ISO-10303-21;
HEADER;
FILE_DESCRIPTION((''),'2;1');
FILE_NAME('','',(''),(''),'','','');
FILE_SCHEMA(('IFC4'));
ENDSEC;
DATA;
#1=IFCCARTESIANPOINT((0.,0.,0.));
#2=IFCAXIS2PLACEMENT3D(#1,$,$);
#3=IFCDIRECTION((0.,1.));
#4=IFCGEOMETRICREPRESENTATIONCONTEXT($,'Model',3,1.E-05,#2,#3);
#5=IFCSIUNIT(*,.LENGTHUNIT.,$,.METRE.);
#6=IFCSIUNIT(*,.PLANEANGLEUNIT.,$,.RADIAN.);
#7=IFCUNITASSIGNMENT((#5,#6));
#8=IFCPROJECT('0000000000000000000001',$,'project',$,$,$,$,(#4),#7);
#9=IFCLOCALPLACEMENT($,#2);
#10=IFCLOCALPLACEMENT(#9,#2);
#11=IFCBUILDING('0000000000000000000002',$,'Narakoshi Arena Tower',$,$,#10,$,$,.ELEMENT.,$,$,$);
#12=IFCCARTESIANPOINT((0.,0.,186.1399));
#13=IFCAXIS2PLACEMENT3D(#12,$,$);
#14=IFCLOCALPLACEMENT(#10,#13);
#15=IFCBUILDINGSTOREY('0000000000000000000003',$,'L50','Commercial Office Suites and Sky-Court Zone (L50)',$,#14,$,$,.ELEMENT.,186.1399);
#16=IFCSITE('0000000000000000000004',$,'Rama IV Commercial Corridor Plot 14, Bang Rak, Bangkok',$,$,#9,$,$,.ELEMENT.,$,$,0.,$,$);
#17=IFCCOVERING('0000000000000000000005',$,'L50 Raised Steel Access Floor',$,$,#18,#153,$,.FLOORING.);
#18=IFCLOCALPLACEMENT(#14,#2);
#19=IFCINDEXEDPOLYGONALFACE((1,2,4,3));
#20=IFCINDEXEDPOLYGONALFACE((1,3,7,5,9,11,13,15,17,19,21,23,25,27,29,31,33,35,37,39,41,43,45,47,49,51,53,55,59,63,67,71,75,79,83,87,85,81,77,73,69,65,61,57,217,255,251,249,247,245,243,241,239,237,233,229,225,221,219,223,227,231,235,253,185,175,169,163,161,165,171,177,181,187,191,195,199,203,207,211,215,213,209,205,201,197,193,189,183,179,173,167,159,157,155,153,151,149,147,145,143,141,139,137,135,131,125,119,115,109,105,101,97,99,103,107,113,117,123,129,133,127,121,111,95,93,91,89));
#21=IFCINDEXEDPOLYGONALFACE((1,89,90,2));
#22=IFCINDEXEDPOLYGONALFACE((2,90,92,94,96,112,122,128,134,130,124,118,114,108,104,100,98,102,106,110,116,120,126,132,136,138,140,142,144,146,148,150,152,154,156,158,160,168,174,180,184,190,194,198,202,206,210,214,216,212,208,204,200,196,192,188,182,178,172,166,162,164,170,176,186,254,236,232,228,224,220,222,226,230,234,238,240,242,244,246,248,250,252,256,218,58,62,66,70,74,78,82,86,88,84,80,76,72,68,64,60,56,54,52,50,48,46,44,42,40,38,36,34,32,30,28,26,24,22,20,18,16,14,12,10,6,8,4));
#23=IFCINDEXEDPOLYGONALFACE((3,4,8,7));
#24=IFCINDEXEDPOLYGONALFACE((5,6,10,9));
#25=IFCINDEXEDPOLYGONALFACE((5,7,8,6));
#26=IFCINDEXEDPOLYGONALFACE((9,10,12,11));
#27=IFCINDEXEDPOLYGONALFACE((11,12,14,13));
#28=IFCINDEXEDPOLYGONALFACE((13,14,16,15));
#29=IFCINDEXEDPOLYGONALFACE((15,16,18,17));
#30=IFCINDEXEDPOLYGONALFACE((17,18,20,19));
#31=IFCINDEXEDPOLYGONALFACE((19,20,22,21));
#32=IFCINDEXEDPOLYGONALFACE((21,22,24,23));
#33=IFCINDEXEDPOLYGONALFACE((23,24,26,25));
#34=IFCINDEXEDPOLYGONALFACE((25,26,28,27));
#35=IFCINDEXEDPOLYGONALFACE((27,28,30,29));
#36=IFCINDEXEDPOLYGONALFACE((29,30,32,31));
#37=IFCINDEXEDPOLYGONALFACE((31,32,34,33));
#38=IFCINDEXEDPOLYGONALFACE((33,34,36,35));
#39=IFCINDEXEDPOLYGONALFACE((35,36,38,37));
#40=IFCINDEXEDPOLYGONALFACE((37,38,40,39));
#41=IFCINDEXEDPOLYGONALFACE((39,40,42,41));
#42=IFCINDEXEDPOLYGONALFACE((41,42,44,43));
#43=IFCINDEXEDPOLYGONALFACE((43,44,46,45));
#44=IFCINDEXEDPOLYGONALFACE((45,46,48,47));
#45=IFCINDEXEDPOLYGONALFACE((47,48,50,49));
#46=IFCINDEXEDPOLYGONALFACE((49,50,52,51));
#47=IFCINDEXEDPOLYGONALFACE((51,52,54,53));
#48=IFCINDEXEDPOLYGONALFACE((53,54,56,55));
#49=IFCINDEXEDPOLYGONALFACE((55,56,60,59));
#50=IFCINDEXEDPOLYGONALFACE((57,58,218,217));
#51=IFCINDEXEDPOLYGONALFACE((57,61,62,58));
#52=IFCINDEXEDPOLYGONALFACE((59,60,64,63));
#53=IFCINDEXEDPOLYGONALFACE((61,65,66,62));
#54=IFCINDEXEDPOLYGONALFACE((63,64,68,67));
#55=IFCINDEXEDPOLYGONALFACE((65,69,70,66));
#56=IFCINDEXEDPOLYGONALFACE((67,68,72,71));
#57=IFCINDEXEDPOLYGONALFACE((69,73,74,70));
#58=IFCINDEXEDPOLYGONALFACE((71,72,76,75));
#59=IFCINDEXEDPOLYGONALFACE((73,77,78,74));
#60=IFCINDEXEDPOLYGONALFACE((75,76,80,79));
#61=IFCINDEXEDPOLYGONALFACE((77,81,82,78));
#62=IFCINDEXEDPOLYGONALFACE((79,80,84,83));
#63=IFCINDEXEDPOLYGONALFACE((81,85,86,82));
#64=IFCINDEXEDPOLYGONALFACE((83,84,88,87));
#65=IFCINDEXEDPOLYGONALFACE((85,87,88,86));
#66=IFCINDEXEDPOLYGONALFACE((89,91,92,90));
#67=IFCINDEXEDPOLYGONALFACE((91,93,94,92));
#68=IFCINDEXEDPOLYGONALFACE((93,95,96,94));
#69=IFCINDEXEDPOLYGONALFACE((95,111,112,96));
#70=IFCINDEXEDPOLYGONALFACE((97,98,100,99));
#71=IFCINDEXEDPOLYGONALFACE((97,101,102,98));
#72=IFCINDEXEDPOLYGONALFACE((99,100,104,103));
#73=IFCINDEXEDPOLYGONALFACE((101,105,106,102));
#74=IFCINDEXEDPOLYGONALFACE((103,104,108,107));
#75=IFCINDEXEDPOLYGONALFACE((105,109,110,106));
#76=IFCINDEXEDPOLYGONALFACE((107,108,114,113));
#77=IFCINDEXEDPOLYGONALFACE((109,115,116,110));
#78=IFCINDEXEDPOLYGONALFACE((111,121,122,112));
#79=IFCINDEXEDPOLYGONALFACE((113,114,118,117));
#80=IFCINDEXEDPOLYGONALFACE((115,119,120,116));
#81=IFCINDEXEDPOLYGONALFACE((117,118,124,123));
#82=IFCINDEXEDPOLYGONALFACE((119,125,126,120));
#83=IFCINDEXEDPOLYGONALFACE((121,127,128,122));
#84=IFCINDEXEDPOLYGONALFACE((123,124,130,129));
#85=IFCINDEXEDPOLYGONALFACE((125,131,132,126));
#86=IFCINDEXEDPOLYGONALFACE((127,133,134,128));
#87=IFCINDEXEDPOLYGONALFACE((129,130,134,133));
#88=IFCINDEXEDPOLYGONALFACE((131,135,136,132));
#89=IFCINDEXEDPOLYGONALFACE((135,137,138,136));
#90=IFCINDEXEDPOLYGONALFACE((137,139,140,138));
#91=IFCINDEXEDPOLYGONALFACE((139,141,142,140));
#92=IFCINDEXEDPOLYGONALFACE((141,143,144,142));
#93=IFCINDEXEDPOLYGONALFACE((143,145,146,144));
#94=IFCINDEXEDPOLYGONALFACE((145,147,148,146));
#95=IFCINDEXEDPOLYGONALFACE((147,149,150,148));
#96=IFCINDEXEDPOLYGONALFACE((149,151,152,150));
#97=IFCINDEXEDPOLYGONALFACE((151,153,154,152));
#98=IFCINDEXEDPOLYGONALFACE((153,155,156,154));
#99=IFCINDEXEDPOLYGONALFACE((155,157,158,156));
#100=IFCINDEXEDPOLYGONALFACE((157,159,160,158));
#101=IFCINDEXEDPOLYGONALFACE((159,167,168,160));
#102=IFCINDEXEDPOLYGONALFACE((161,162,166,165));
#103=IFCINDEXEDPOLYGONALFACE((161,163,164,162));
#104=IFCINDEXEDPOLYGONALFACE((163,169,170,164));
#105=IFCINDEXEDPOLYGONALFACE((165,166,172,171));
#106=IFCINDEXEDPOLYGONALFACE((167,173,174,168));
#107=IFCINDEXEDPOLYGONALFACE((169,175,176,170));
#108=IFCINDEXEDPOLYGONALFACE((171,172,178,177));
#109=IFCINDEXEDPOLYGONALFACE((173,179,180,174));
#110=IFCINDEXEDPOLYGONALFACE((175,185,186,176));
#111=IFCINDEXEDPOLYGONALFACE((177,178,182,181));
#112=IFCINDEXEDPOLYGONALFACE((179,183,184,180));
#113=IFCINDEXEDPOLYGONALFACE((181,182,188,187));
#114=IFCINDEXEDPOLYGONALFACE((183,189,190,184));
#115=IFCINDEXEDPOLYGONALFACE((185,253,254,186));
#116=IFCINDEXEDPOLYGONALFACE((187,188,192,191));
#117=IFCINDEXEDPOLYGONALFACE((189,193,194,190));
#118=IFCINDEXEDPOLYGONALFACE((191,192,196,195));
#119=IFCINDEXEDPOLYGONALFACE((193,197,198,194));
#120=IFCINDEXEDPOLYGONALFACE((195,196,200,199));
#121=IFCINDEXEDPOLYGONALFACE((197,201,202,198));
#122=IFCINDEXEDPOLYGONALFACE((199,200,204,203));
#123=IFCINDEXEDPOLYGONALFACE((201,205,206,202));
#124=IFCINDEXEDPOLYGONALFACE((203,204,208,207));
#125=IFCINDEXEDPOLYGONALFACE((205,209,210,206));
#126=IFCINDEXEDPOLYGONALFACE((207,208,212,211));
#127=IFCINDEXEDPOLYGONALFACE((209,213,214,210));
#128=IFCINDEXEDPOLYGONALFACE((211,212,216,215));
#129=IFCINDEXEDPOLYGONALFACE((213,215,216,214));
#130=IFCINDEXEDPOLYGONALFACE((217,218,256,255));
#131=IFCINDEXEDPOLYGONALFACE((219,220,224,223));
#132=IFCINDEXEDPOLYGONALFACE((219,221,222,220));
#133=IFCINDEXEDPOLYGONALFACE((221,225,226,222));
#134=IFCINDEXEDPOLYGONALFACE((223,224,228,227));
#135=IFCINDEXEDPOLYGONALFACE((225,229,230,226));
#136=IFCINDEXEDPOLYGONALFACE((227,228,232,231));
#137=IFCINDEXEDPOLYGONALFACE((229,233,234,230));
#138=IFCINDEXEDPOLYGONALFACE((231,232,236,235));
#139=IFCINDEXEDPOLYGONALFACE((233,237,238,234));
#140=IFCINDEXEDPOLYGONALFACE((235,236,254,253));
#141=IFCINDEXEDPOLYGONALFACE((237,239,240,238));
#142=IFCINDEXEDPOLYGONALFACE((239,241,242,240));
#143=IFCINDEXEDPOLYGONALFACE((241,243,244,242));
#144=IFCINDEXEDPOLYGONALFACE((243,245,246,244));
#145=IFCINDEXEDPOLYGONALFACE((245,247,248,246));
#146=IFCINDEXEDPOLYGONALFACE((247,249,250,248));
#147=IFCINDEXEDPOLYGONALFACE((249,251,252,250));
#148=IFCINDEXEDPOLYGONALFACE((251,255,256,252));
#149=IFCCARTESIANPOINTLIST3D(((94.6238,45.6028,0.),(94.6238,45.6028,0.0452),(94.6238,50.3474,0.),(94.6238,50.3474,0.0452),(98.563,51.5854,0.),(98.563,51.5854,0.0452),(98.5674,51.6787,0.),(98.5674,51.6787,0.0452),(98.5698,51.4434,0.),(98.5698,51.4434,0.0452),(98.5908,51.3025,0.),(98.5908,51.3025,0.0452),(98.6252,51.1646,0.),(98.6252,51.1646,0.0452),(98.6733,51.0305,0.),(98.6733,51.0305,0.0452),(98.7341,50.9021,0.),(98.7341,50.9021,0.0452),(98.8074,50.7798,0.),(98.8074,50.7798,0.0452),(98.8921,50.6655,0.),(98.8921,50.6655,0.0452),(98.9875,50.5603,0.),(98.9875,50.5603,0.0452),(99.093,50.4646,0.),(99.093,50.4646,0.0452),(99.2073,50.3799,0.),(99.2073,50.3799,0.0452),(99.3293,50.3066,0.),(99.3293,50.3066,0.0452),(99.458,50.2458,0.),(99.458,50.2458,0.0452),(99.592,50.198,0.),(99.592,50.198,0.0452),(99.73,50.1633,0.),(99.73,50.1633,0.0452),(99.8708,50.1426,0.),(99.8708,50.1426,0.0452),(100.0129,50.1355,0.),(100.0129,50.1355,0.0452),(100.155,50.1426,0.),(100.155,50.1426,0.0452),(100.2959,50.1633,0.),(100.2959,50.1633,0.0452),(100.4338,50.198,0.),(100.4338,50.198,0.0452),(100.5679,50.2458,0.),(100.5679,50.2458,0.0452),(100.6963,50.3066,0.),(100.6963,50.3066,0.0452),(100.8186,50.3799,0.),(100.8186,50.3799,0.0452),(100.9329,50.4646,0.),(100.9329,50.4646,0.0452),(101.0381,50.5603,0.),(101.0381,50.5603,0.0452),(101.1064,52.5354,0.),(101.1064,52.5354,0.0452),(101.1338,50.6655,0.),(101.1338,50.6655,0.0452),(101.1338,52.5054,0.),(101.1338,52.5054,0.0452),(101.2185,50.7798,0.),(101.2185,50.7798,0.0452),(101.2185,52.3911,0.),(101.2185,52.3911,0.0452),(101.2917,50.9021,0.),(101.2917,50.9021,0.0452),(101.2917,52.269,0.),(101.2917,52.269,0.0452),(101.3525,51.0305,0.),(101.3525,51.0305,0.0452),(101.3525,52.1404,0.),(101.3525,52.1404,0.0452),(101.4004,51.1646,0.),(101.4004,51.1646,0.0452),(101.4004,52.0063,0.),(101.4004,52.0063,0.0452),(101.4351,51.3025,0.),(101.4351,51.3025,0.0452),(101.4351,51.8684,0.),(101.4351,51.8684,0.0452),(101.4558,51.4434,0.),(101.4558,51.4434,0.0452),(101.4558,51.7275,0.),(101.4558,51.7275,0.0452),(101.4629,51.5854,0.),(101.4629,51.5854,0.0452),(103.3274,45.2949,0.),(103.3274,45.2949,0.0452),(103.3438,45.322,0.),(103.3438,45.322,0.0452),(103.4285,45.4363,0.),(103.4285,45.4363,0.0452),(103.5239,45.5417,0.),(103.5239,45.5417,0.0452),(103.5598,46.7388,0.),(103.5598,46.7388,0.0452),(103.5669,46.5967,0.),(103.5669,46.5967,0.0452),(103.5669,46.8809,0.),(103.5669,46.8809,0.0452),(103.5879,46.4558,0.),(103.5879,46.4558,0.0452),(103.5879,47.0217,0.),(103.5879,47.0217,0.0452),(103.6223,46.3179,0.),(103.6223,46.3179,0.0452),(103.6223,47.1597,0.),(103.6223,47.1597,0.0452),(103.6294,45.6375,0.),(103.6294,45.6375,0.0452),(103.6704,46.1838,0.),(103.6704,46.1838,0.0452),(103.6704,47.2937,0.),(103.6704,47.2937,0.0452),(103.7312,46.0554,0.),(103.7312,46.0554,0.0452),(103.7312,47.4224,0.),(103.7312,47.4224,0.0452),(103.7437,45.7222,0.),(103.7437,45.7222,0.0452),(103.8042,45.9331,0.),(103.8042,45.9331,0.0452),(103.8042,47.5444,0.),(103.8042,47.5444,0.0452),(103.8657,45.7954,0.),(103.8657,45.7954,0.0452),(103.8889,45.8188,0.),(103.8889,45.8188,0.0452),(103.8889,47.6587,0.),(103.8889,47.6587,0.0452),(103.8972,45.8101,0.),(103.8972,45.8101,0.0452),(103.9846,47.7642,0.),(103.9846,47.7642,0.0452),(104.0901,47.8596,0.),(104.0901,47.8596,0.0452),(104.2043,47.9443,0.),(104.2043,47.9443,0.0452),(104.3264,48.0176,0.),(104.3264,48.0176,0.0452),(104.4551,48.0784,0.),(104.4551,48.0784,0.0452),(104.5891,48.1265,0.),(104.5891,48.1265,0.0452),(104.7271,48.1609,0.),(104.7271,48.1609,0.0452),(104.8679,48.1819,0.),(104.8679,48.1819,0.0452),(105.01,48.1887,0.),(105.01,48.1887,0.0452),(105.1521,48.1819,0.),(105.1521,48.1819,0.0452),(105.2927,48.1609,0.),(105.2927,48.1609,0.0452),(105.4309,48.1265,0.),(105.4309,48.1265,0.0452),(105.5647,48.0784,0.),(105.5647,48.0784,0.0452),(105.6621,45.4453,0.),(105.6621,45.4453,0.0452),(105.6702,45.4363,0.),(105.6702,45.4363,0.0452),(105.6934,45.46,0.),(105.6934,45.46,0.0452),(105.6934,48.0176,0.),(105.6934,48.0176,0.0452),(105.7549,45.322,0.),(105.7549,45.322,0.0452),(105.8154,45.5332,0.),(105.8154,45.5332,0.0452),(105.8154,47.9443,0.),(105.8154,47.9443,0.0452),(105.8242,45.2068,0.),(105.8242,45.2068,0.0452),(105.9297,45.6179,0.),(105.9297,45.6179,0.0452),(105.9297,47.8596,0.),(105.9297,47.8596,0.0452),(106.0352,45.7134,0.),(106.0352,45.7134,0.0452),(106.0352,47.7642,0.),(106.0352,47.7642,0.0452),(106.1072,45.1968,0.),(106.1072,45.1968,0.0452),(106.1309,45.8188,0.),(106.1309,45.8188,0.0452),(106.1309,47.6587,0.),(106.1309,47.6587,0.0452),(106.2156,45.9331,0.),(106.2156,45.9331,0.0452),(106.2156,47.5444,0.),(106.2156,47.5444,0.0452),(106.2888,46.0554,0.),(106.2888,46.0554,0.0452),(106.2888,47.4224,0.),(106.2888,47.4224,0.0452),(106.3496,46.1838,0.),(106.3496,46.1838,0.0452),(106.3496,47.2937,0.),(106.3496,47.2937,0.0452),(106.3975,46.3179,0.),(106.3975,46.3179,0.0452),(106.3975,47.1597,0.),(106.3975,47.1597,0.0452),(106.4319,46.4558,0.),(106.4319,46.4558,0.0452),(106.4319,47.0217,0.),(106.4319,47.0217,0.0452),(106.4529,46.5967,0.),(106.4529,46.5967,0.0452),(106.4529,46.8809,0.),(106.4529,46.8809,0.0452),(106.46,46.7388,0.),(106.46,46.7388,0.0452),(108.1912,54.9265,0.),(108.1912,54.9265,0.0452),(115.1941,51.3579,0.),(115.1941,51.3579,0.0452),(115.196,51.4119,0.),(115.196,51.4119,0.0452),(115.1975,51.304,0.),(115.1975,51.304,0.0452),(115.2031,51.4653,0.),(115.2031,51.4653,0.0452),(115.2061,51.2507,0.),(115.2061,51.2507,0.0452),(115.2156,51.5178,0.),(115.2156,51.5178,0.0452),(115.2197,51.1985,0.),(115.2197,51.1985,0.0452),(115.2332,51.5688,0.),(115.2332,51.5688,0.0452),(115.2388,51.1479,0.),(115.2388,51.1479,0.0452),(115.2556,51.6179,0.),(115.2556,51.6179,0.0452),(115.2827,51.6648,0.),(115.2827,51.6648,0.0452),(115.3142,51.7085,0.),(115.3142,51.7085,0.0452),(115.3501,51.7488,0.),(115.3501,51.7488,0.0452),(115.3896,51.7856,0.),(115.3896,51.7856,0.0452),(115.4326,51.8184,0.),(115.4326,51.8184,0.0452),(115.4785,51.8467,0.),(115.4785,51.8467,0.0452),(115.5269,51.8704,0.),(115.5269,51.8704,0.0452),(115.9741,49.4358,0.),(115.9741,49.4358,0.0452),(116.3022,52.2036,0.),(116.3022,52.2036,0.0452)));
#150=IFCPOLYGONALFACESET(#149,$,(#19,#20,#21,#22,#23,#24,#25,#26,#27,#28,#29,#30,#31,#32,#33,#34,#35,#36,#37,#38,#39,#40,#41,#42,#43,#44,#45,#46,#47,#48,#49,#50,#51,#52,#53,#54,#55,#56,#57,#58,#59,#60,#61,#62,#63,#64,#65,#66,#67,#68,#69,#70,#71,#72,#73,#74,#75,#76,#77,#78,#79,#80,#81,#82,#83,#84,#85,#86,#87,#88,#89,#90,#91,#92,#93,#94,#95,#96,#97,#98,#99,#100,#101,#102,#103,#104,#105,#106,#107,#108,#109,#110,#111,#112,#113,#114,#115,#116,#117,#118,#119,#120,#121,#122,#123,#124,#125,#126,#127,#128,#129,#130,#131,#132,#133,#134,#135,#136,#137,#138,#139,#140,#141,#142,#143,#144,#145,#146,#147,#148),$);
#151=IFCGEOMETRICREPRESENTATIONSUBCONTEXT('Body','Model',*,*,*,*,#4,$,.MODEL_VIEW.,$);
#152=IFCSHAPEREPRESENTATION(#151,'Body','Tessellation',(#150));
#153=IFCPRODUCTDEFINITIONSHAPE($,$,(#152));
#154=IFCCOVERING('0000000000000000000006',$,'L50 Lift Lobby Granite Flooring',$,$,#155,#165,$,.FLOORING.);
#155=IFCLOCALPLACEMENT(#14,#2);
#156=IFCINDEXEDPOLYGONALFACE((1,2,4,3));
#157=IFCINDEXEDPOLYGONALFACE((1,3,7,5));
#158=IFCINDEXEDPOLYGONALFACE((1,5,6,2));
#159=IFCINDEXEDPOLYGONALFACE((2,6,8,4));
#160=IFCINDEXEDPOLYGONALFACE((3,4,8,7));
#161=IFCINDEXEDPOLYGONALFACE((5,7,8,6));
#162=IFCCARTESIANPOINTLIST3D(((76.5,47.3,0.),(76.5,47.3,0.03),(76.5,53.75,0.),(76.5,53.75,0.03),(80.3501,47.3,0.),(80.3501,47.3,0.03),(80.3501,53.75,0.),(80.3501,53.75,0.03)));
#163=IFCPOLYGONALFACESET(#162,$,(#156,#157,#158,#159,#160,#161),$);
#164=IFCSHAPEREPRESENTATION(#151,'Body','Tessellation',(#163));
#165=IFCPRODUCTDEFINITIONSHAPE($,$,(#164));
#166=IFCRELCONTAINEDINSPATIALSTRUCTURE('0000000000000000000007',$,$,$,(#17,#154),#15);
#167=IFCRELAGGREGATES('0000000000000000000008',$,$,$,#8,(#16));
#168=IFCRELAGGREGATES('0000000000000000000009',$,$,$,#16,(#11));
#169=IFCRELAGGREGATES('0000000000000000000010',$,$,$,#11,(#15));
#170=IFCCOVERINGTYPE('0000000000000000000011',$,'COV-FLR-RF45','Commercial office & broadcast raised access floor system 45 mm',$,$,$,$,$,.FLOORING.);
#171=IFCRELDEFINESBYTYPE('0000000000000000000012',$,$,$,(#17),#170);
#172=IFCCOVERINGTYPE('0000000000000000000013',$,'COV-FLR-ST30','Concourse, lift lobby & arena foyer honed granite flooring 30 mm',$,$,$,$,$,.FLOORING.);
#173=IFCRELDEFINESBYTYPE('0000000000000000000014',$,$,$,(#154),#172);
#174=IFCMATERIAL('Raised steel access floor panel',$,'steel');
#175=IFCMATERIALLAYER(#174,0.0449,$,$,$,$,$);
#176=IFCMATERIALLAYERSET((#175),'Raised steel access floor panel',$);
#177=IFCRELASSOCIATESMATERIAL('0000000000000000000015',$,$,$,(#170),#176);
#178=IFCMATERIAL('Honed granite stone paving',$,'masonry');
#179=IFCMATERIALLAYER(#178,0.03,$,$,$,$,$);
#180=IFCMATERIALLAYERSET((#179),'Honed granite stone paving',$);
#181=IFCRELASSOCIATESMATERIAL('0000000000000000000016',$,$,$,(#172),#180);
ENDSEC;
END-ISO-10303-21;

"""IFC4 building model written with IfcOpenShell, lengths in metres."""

from ifc_helpers import new_model, si_unit, direction, frame, origin, place, context, subcontext, project, spatial, polyline, outline, extrude, material, layer, layer_set, type_object, element, save


model = new_model("IFC4")

# Units and contexts
model_context = context("Model", 3, precision=1e-05, world=origin(), true_north=direction((0.0, 1.0)))
body_context = subcontext(model_context, "Body", "Model", "MODEL_VIEW")
ifc_project = project(units=[si_unit("LENGTHUNIT", "METRE"), si_unit("PLANEANGLEUNIT", "RADIAN")], contexts=[model_context])

# Site, building, storey
site_placement = place(None, origin())
site = spatial("IfcSite", under=ifc_project, at=site_placement, Name="Rama IV Commercial Corridor Plot 14, Bang Rak, Bangkok", CompositionType="ELEMENT", RefElevation=0.0)
building_placement = place(site_placement, origin())
building = spatial("IfcBuilding", under=site, at=building_placement, Name="Narakoshi Arena Tower", CompositionType="ELEMENT")
storey_placement = place(building_placement, frame((0.0, 0.0, 186.1399)))
storey = spatial("IfcBuildingStorey", under=building, at=storey_placement, Name="L50", Description="Commercial Office Suites and Sky-Court Zone (L50)", CompositionType="ELEMENT", Elevation=186.1399)

# Coverings
ifc_material_1 = material(Name="Raised steel access floor panel", Category="steel")
ifc_layer_1 = layer(ifc_material_1, 0.0449)
ifc_layer_set_1 = layer_set([ifc_layer_1], Name="Raised steel access floor panel")
covering_type_1 = type_object("IfcCoveringType", Name="COV-FLR-RF45", Description="Commercial office & broadcast raised access floor system 45 mm", PredefinedType="FLOORING", material=ifc_layer_set_1)
covering_1_placement = place(storey_placement, origin())
element("IfcCovering", 1, at=covering_1_placement, inside=storey, type_object=covering_type_1, Name="L50 Raised Steel Access Floor", PredefinedType="FLOORING", context=body_context, shape_type="SweptSolid", body=[
    extrude(outline(polyline([(115.4785, 51.8467), (115.4326, 51.8184), (115.3896, 51.7856), (115.3501, 51.7488), (115.3142, 51.7085), (115.2827, 51.6648), (115.2556, 51.6179), (115.2332, 51.5688), (115.2156, 51.5178), (115.2031, 51.4653), (115.196, 51.4119), (115.1941, 51.3579), (115.1975, 51.304), (115.2061, 51.2507), (115.2197, 51.1985), (115.2388, 51.1479), (115.9741, 49.4358), (106.1072, 45.1968), (105.8242, 45.2068), (105.7549, 45.322), (105.6702, 45.4363), (105.6621, 45.4453), (105.6934, 45.46), (105.8154, 45.5332), (105.9297, 45.6179), (106.0352, 45.7134), (106.1309, 45.8188), (106.2156, 45.9331), (106.2888, 46.0554), (106.3496, 46.1838), (106.3975, 46.3179), (106.4319, 46.4558), (106.4529, 46.5967), (106.46, 46.7388), (106.4529, 46.8809), (106.4319, 47.0217), (106.3975, 47.1597), (106.3496, 47.2937), (106.2888, 47.4224), (106.2156, 47.5444), (106.1309, 47.6587), (106.0352, 47.7642), (105.9297, 47.8596), (105.8154, 47.9443), (105.6934, 48.0176), (105.5647, 48.0784), (105.4309, 48.1265), (105.2927, 48.1609), (105.1521, 48.1819), (105.01, 48.1887), (104.8679, 48.1819), (104.7271, 48.1609), (104.5891, 48.1265), (104.4551, 48.0784), (104.3264, 48.0176), (104.2043, 47.9443), (104.0901, 47.8596), (103.9846, 47.7642), (103.8889, 47.6587), (103.8042, 47.5444), (103.7312, 47.4224), (103.6704, 47.2937), (103.6223, 47.1597), (103.5879, 47.0217), (103.5669, 46.8809), (103.5598, 46.7388), (103.5669, 46.5967), (103.5879, 46.4558), (103.6223, 46.3179), (103.6704, 46.1838), (103.7312, 46.0554), (103.8042, 45.9331), (103.8889, 45.8188), (103.8972, 45.8101), (103.8657, 45.7954), (103.7437, 45.7222), (103.6294, 45.6375), (103.5239, 45.5417), (103.4285, 45.4363), (103.3438, 45.322), (103.3274, 45.2949), (94.6238, 45.6028), (94.6238, 50.3474), (98.5674, 51.6787), (98.563, 51.5854), (98.5698, 51.4434), (98.5908, 51.3025), (98.6252, 51.1646), (98.6733, 51.0305), (98.7341, 50.9021), (98.8074, 50.7798), (98.8921, 50.6655), (98.9875, 50.5603), (99.093, 50.4646), (99.2073, 50.3799), (99.3293, 50.3066), (99.458, 50.2458), (99.592, 50.198), (99.73, 50.1633), (99.8708, 50.1426), (100.0129, 50.1355), (100.155, 50.1426), (100.2959, 50.1633), (100.4338, 50.198), (100.5679, 50.2458), (100.6963, 50.3066), (100.8186, 50.3799), (100.9329, 50.4646), (101.0381, 50.5603), (101.1338, 50.6655), (101.2185, 50.7798), (101.2917, 50.9021), (101.3525, 51.0305), (101.4004, 51.1646), (101.4351, 51.3025), (101.4558, 51.4434), (101.4629, 51.5854), (101.4558, 51.7275), (101.4351, 51.8684), (101.4004, 52.0063), (101.3525, 52.1404), (101.2917, 52.269), (101.2185, 52.3911), (101.1338, 52.5054), (101.1064, 52.5354), (108.1912, 54.9265), (116.3022, 52.2036), (115.5269, 51.8704), (115.4785, 51.8467)])), origin(), (0.0, 0.0, 1.0), 0.0452),
])
ifc_material_2 = material(Name="Honed granite stone paving", Category="masonry")
ifc_layer_2 = layer(ifc_material_2, 0.03)
ifc_layer_set_2 = layer_set([ifc_layer_2], Name="Honed granite stone paving")
covering_type_2 = type_object("IfcCoveringType", Name="COV-FLR-ST30", Description="Concourse, lift lobby & arena foyer honed granite flooring 30 mm", PredefinedType="FLOORING", material=ifc_layer_set_2)
covering_2_placement = place(storey_placement, origin())
element("IfcCovering", 2, at=covering_2_placement, inside=storey, type_object=covering_type_2, Name="L50 Lift Lobby Granite Flooring", PredefinedType="FLOORING", context=body_context, shape_type="SweptSolid", body=[
    extrude(outline(polyline([(76.5, 47.3), (80.3501, 47.3), (80.3501, 53.75), (76.5, 53.75), (76.5, 47.3)])), origin(), (0.0, 0.0, 1.0), 0.03),
])

save(model, "model.ifc")
